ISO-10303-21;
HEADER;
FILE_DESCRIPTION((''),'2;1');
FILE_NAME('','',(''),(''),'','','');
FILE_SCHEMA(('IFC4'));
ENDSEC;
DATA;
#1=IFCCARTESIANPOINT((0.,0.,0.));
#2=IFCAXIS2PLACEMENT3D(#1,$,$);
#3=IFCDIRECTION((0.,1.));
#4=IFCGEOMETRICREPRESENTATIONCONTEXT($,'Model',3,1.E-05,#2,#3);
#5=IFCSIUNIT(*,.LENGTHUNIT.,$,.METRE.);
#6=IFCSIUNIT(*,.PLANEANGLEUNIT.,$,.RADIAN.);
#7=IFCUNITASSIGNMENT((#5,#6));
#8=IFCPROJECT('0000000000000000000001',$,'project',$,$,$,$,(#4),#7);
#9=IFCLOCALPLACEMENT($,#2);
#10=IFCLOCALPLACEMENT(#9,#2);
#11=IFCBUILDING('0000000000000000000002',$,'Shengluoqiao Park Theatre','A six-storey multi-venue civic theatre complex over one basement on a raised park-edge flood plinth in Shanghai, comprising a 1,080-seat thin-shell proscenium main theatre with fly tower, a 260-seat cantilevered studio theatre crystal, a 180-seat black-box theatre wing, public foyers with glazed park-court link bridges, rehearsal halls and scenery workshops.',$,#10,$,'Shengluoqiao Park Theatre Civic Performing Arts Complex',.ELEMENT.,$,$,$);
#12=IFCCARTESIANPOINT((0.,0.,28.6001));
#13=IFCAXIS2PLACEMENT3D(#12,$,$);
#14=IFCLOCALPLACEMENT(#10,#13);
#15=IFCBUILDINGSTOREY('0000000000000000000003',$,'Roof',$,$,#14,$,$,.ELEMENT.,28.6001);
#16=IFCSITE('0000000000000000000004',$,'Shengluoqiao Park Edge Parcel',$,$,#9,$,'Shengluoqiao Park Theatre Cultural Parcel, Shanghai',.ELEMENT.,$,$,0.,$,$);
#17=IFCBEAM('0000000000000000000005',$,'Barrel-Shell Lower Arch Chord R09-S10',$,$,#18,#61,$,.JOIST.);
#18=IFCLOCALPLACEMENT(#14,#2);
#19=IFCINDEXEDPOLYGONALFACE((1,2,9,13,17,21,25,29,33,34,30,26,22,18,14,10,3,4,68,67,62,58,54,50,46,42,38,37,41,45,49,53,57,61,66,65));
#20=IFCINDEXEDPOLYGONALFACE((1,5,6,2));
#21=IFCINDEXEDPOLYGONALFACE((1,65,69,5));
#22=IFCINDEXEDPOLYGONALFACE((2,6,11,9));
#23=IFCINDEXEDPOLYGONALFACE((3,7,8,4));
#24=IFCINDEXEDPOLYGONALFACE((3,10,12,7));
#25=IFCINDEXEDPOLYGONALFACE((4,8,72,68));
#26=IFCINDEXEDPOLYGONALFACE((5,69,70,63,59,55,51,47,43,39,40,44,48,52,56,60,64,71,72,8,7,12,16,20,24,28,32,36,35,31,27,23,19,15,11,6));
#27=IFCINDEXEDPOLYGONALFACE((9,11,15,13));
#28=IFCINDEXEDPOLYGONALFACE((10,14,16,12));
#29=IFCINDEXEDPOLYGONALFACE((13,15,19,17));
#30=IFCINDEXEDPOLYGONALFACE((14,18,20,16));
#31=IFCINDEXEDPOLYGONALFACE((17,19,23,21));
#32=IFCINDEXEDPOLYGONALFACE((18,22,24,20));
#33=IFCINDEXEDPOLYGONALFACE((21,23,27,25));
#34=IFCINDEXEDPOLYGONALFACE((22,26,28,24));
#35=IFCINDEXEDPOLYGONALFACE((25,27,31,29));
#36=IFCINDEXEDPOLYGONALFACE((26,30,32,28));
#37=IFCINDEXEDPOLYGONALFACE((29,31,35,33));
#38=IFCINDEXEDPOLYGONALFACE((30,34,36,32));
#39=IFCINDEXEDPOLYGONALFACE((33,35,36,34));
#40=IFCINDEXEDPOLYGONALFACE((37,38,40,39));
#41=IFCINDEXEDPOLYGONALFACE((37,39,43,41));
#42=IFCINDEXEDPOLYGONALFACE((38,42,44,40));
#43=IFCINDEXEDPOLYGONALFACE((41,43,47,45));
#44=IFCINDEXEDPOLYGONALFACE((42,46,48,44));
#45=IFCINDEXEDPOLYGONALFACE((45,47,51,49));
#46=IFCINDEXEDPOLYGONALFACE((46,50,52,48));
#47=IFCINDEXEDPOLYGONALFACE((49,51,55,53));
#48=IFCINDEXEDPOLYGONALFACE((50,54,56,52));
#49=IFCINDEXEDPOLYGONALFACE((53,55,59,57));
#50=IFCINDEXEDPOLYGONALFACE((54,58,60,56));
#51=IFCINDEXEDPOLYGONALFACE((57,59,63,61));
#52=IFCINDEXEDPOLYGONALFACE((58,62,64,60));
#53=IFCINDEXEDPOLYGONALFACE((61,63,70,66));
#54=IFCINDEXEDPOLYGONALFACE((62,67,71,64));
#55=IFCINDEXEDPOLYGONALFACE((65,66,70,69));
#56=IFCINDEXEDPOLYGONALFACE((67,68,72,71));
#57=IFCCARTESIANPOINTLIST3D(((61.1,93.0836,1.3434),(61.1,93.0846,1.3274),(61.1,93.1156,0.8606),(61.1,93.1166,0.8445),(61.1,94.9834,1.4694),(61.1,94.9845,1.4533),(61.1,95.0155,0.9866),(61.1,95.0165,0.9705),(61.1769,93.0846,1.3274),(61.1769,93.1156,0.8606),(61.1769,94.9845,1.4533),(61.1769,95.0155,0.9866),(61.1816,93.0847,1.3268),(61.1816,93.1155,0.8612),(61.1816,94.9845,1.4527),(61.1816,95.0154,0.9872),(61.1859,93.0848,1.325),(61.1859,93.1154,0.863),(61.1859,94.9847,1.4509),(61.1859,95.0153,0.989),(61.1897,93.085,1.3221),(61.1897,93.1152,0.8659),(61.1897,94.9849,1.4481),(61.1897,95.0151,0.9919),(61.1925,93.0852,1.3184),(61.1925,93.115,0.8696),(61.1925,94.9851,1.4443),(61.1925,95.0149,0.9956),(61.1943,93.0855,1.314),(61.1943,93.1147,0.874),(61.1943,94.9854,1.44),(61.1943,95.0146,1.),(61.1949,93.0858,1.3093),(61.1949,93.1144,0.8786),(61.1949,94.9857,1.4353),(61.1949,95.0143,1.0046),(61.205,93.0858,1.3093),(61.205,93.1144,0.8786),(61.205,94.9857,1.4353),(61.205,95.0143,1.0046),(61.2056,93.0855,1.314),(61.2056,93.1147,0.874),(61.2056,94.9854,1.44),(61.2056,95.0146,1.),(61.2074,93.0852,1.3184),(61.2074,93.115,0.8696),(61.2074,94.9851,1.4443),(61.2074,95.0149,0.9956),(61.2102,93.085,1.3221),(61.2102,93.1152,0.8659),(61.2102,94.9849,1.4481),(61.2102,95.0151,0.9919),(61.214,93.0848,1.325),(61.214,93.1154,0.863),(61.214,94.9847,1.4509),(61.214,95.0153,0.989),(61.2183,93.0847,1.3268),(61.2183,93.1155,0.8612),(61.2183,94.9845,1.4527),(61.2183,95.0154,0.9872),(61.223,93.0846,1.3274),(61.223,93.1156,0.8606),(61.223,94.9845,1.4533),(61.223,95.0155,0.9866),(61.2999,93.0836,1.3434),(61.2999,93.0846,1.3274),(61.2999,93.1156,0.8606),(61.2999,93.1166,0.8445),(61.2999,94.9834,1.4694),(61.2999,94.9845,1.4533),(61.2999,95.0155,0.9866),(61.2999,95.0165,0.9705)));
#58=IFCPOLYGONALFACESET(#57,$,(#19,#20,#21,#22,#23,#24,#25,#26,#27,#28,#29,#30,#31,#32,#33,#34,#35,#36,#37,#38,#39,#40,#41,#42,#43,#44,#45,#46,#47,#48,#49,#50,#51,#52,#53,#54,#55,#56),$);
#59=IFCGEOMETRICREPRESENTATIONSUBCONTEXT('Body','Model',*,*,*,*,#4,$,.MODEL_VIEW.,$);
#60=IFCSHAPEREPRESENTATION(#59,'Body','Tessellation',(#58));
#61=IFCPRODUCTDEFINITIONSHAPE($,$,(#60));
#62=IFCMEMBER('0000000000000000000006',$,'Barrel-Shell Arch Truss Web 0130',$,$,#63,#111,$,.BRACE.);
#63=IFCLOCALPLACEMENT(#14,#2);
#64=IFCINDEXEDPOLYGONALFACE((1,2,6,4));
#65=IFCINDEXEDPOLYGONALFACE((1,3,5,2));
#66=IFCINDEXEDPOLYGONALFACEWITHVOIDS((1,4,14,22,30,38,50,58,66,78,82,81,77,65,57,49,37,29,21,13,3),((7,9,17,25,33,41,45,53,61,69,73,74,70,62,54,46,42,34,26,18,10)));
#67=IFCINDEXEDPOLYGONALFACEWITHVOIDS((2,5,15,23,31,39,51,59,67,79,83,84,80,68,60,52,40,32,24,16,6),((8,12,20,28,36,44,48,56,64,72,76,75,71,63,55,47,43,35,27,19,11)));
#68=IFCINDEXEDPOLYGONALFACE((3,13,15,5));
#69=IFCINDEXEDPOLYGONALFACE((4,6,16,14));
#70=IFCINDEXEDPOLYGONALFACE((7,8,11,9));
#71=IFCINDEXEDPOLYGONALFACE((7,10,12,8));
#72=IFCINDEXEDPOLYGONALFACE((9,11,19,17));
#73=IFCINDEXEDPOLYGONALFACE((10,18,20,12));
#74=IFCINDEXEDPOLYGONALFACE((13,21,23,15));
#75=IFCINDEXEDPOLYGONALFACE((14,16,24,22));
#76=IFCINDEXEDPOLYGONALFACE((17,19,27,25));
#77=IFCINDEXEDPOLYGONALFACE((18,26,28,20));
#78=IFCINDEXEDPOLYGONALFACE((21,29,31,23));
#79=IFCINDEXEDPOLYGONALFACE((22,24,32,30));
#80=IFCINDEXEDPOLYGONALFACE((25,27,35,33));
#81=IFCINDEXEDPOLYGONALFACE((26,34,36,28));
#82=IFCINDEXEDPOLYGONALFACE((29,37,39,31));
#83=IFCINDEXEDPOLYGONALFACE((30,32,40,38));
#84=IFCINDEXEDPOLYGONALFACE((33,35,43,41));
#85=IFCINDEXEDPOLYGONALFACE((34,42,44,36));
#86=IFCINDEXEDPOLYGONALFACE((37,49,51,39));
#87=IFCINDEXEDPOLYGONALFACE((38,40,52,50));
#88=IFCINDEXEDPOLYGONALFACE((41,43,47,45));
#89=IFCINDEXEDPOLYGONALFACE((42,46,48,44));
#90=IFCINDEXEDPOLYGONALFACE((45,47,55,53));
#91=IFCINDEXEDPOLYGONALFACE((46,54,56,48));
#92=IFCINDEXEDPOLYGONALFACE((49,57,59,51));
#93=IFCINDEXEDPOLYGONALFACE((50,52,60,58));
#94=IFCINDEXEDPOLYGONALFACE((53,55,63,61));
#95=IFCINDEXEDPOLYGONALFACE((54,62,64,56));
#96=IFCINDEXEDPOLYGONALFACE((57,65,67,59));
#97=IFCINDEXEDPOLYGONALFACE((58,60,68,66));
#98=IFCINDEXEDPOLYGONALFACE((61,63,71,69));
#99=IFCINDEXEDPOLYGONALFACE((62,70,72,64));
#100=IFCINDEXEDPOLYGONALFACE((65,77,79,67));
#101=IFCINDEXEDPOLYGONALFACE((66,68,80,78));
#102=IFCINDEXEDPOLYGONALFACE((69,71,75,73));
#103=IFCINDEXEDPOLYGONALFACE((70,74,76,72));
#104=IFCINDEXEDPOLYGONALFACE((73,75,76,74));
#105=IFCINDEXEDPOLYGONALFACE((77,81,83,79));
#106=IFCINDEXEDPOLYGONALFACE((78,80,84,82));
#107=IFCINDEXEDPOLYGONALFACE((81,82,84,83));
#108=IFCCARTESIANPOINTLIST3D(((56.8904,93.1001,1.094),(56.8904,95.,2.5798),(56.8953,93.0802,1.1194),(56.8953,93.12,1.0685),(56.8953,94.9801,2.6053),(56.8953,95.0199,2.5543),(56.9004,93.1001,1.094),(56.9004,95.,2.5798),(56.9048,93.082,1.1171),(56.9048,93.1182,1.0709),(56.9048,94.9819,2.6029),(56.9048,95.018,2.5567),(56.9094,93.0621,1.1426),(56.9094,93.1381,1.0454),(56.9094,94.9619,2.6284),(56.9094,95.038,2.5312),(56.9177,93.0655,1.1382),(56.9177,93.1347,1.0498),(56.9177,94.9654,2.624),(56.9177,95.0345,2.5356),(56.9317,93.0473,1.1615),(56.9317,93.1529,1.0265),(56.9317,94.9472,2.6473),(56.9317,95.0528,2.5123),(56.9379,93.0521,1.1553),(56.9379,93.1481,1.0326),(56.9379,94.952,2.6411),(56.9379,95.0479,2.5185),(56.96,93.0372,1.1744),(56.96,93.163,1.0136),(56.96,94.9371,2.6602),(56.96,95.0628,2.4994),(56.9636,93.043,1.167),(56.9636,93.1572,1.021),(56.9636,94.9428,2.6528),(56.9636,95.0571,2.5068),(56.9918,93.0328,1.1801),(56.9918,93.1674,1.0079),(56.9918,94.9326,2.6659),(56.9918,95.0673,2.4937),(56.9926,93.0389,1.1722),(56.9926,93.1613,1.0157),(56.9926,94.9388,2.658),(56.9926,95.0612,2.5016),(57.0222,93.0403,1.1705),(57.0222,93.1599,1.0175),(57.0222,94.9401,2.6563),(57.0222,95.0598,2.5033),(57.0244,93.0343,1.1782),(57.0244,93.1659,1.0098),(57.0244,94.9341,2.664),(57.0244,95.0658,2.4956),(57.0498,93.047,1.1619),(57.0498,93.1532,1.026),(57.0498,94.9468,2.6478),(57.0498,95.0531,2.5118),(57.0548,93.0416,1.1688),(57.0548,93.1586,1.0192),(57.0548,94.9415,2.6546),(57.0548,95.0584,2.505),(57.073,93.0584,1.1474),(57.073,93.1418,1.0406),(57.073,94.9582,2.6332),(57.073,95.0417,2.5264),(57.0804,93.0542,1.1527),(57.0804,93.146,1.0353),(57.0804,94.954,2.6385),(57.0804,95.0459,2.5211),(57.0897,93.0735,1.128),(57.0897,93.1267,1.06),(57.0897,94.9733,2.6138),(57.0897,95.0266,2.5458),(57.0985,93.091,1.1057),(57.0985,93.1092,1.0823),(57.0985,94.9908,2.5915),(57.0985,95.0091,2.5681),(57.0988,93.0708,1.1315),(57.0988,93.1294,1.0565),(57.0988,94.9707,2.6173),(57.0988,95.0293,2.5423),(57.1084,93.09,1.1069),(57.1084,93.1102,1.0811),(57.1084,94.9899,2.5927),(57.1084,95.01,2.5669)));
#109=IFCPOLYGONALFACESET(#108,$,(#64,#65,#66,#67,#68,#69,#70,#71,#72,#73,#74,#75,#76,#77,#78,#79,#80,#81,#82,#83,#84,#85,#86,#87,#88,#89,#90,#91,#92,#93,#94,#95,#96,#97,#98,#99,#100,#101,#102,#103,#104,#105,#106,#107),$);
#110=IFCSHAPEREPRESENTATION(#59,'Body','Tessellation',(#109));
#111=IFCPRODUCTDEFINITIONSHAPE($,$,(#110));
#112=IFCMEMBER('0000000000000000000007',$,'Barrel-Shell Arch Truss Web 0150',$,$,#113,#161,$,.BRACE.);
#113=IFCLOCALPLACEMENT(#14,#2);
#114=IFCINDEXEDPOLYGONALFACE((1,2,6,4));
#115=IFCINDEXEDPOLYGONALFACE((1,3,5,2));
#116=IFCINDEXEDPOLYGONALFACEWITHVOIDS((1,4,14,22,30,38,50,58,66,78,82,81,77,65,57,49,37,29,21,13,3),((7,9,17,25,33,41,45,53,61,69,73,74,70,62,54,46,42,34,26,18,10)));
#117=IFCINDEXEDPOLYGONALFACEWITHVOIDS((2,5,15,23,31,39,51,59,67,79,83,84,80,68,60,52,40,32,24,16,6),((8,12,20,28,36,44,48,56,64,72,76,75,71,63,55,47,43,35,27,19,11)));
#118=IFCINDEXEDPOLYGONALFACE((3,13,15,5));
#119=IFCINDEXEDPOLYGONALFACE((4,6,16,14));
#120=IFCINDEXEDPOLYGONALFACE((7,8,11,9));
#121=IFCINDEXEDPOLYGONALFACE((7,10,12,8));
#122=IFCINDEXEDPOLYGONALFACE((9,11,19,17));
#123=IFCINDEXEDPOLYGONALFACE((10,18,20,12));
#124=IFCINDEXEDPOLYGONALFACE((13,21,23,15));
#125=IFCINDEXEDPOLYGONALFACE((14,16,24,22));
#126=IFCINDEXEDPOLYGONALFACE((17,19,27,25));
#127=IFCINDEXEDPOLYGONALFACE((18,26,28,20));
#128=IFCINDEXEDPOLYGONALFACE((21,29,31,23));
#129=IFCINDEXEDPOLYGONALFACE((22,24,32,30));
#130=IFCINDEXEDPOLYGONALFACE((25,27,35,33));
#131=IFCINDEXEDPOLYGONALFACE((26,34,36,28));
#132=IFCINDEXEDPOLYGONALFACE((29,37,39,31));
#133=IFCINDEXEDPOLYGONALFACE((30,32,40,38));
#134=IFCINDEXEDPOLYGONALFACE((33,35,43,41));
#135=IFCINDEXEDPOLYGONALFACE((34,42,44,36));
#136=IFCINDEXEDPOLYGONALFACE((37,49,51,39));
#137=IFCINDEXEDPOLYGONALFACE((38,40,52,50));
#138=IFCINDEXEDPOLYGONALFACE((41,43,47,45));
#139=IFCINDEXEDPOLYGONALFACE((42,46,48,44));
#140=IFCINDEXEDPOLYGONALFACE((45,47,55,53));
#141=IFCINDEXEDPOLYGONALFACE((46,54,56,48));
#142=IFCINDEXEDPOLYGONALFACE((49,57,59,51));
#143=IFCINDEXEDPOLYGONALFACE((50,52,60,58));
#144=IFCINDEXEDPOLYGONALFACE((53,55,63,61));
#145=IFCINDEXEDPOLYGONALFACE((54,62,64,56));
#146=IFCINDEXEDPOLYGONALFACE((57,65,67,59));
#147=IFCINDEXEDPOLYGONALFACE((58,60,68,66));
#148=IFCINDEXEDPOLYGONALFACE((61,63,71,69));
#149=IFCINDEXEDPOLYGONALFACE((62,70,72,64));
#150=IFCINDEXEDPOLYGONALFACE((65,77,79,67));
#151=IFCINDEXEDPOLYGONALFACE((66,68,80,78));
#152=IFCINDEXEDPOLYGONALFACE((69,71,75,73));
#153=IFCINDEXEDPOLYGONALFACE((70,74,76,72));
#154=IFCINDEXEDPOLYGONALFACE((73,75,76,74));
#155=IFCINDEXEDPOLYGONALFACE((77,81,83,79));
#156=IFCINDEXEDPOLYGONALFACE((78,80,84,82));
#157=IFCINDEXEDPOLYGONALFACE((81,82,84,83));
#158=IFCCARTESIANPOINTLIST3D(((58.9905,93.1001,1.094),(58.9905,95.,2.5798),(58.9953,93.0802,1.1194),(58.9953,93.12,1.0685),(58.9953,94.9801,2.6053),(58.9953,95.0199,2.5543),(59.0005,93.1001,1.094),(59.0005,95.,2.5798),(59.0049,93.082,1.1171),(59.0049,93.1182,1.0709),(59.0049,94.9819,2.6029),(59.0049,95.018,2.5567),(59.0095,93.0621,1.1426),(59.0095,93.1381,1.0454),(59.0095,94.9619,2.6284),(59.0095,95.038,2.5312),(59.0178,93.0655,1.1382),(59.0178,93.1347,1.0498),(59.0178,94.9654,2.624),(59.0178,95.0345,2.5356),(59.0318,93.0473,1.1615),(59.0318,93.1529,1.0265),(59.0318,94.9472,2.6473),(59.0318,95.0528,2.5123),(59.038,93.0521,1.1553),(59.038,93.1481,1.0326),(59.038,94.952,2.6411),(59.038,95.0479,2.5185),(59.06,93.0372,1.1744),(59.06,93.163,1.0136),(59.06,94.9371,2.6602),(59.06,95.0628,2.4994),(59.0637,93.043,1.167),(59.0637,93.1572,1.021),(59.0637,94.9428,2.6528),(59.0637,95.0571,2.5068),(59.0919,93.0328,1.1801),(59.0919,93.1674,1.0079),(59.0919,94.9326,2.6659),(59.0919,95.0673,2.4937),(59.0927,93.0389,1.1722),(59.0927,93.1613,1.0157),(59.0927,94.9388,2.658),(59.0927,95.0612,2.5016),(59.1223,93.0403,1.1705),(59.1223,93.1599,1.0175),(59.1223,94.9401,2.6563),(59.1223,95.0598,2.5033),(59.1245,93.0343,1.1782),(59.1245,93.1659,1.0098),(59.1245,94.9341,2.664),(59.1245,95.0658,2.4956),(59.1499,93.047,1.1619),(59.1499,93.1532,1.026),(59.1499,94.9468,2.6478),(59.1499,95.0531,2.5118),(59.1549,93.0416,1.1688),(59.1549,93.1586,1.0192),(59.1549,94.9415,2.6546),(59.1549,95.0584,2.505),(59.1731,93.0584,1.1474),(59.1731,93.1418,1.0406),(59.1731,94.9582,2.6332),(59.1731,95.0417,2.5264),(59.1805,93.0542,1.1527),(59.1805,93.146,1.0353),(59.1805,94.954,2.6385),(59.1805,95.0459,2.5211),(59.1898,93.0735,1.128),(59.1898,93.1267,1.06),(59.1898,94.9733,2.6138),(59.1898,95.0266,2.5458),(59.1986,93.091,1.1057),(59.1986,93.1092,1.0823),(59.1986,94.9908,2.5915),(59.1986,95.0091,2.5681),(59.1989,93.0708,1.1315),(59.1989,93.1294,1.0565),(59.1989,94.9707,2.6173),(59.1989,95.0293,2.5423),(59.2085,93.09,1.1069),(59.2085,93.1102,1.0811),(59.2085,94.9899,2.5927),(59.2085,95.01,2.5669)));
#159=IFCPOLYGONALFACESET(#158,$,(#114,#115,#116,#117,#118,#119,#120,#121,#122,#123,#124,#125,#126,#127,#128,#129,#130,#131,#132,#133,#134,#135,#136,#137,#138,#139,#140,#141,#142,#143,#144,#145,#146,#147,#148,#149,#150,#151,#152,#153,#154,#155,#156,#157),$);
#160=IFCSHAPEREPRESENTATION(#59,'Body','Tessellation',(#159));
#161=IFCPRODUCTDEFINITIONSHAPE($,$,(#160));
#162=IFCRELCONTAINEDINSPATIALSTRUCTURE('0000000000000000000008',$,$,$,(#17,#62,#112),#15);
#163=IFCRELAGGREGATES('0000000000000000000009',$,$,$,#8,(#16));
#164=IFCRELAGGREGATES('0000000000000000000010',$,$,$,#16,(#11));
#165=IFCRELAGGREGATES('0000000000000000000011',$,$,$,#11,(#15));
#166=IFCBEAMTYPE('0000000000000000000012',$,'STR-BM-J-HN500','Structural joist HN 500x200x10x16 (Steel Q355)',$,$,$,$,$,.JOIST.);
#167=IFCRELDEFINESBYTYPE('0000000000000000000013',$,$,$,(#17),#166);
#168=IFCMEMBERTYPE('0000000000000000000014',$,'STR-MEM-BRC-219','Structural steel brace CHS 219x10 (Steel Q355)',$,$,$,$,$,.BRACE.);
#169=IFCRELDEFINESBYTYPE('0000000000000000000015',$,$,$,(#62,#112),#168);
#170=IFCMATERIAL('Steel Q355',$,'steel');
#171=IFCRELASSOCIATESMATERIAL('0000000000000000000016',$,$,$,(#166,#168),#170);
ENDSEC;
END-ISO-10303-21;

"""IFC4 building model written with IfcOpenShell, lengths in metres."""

from ifc_helpers import new_model, si_unit, direction, frame, origin, origin_2d, place, context, subcontext, project, spatial, hollow_circle, i_section, extrude, material, material_profile, profile_set, type_object, element, save


model = new_model("IFC4")

# Units and contexts
model_context = context("Model", 3, precision=1e-05, world=origin(), true_north=direction((0.0, 1.0)))
body_context = subcontext(model_context, "Body", "Model", "MODEL_VIEW")
ifc_project = project(units=[si_unit("LENGTHUNIT", "METRE"), si_unit("PLANEANGLEUNIT", "RADIAN")], contexts=[model_context])

# Site, building, storey
site_placement = place(None, origin())
site = spatial("IfcSite", under=ifc_project, at=site_placement, Name="Shengluoqiao Park Edge Parcel", LongName="Shengluoqiao Park Theatre Cultural Parcel, Shanghai", CompositionType="ELEMENT", RefElevation=0.0)
building_placement = place(site_placement, origin())
building = spatial("IfcBuilding", under=site, at=building_placement, Name="Shengluoqiao Park Theatre", Description="A six-storey multi-venue civic theatre complex over one basement on a raised park-edge flood plinth in Shanghai, comprising a 1,080-seat thin-shell proscenium main theatre with fly tower, a 260-seat cantilevered studio theatre crystal, a 180-seat black-box theatre wing, public foyers with glazed park-court link bridges, rehearsal halls and scenery workshops.", LongName="Shengluoqiao Park Theatre Civic Performing Arts Complex", CompositionType="ELEMENT")
storey_placement = place(building_placement, frame((0.0, 0.0, 28.6001)))
storey = spatial("IfcBuildingStorey", under=building, at=storey_placement, Name="Roof", CompositionType="ELEMENT", Elevation=28.6001)

# Beam
ifc_material_1 = material(Name="Steel Q355", Category="steel")
ifc_material_profile_1 = material_profile(ifc_material_1, i_section(OverallWidth=0.2, OverallDepth=0.5, WebThickness=0.01, FlangeThickness=0.0161, FilletRadius=0.0181, at=origin_2d()), Name="HN 500x200x10x16")
ifc_profile_set_1 = profile_set([ifc_material_profile_1], Name="Steel Q355")
beam_type_1 = type_object("IfcBeamType", Name="STR-BM-J-HN500", Description="Structural joist HN 500x200x10x16 (Steel Q355)", PredefinedType="JOIST", material=ifc_profile_set_1)
beam_1_placement = place(storey_placement, frame((61.2, 93.1001, 1.094), z_axis=(0.0, 0.997809, 0.066162), x_axis=(-1.0, 0.0, 0.0)))
element("IfcBeam", 1, at=beam_1_placement, inside=storey, type_object=beam_type_1, Name="Barrel-Shell Lower Arch Chord R09-S10", PredefinedType="JOIST", context=body_context, shape_type="SweptSolid", body=[
    extrude(i_section(OverallWidth=0.2, OverallDepth=0.5, WebThickness=0.01, FlangeThickness=0.0161, FilletRadius=0.0181, at=origin_2d()), origin(), (0.0, 0.0, 1.0), 1.9041),
])

# Members
ifc_material_profile_2 = material_profile(ifc_material_1, hollow_circle(Radius=0.1096, WallThickness=0.01, at=origin_2d()), Name="CHS 219x10")
ifc_profile_set_2 = profile_set([ifc_material_profile_2], Name="Steel Q355")
member_type_1 = type_object("IfcMemberType", Name="STR-MEM-BRC-219", Description="Structural steel brace CHS 219x10 (Steel Q355)", PredefinedType="BRACE", material=ifc_profile_set_2)
for number, where, z_axis, x_axis, name in (
    (2, (57.0, 93.1001, 1.094), (0.0, 0.787714, 0.616041), (-1.0, 0.0, 0.0), "Barrel-Shell Arch Truss Web 0130"),
    (3, (59.1001, 93.1001, 1.094), (0.0, 0.787714, 0.616041), (-1.0, 0.0, 0.0), "Barrel-Shell Arch Truss Web 0150"),
):
    element("IfcMember", number, at=place(storey_placement, frame(where, z_axis=z_axis, x_axis=x_axis)), inside=storey, type_object=member_type_1, Name=name, PredefinedType="BRACE", context=body_context, shape_type="SweptSolid", body=[
        extrude(hollow_circle(Radius=0.1096, WallThickness=0.01, at=origin_2d()), origin(), (0.0, 0.0, 1.0), 2.4119),
    ])

save(model, "model.ifc")
